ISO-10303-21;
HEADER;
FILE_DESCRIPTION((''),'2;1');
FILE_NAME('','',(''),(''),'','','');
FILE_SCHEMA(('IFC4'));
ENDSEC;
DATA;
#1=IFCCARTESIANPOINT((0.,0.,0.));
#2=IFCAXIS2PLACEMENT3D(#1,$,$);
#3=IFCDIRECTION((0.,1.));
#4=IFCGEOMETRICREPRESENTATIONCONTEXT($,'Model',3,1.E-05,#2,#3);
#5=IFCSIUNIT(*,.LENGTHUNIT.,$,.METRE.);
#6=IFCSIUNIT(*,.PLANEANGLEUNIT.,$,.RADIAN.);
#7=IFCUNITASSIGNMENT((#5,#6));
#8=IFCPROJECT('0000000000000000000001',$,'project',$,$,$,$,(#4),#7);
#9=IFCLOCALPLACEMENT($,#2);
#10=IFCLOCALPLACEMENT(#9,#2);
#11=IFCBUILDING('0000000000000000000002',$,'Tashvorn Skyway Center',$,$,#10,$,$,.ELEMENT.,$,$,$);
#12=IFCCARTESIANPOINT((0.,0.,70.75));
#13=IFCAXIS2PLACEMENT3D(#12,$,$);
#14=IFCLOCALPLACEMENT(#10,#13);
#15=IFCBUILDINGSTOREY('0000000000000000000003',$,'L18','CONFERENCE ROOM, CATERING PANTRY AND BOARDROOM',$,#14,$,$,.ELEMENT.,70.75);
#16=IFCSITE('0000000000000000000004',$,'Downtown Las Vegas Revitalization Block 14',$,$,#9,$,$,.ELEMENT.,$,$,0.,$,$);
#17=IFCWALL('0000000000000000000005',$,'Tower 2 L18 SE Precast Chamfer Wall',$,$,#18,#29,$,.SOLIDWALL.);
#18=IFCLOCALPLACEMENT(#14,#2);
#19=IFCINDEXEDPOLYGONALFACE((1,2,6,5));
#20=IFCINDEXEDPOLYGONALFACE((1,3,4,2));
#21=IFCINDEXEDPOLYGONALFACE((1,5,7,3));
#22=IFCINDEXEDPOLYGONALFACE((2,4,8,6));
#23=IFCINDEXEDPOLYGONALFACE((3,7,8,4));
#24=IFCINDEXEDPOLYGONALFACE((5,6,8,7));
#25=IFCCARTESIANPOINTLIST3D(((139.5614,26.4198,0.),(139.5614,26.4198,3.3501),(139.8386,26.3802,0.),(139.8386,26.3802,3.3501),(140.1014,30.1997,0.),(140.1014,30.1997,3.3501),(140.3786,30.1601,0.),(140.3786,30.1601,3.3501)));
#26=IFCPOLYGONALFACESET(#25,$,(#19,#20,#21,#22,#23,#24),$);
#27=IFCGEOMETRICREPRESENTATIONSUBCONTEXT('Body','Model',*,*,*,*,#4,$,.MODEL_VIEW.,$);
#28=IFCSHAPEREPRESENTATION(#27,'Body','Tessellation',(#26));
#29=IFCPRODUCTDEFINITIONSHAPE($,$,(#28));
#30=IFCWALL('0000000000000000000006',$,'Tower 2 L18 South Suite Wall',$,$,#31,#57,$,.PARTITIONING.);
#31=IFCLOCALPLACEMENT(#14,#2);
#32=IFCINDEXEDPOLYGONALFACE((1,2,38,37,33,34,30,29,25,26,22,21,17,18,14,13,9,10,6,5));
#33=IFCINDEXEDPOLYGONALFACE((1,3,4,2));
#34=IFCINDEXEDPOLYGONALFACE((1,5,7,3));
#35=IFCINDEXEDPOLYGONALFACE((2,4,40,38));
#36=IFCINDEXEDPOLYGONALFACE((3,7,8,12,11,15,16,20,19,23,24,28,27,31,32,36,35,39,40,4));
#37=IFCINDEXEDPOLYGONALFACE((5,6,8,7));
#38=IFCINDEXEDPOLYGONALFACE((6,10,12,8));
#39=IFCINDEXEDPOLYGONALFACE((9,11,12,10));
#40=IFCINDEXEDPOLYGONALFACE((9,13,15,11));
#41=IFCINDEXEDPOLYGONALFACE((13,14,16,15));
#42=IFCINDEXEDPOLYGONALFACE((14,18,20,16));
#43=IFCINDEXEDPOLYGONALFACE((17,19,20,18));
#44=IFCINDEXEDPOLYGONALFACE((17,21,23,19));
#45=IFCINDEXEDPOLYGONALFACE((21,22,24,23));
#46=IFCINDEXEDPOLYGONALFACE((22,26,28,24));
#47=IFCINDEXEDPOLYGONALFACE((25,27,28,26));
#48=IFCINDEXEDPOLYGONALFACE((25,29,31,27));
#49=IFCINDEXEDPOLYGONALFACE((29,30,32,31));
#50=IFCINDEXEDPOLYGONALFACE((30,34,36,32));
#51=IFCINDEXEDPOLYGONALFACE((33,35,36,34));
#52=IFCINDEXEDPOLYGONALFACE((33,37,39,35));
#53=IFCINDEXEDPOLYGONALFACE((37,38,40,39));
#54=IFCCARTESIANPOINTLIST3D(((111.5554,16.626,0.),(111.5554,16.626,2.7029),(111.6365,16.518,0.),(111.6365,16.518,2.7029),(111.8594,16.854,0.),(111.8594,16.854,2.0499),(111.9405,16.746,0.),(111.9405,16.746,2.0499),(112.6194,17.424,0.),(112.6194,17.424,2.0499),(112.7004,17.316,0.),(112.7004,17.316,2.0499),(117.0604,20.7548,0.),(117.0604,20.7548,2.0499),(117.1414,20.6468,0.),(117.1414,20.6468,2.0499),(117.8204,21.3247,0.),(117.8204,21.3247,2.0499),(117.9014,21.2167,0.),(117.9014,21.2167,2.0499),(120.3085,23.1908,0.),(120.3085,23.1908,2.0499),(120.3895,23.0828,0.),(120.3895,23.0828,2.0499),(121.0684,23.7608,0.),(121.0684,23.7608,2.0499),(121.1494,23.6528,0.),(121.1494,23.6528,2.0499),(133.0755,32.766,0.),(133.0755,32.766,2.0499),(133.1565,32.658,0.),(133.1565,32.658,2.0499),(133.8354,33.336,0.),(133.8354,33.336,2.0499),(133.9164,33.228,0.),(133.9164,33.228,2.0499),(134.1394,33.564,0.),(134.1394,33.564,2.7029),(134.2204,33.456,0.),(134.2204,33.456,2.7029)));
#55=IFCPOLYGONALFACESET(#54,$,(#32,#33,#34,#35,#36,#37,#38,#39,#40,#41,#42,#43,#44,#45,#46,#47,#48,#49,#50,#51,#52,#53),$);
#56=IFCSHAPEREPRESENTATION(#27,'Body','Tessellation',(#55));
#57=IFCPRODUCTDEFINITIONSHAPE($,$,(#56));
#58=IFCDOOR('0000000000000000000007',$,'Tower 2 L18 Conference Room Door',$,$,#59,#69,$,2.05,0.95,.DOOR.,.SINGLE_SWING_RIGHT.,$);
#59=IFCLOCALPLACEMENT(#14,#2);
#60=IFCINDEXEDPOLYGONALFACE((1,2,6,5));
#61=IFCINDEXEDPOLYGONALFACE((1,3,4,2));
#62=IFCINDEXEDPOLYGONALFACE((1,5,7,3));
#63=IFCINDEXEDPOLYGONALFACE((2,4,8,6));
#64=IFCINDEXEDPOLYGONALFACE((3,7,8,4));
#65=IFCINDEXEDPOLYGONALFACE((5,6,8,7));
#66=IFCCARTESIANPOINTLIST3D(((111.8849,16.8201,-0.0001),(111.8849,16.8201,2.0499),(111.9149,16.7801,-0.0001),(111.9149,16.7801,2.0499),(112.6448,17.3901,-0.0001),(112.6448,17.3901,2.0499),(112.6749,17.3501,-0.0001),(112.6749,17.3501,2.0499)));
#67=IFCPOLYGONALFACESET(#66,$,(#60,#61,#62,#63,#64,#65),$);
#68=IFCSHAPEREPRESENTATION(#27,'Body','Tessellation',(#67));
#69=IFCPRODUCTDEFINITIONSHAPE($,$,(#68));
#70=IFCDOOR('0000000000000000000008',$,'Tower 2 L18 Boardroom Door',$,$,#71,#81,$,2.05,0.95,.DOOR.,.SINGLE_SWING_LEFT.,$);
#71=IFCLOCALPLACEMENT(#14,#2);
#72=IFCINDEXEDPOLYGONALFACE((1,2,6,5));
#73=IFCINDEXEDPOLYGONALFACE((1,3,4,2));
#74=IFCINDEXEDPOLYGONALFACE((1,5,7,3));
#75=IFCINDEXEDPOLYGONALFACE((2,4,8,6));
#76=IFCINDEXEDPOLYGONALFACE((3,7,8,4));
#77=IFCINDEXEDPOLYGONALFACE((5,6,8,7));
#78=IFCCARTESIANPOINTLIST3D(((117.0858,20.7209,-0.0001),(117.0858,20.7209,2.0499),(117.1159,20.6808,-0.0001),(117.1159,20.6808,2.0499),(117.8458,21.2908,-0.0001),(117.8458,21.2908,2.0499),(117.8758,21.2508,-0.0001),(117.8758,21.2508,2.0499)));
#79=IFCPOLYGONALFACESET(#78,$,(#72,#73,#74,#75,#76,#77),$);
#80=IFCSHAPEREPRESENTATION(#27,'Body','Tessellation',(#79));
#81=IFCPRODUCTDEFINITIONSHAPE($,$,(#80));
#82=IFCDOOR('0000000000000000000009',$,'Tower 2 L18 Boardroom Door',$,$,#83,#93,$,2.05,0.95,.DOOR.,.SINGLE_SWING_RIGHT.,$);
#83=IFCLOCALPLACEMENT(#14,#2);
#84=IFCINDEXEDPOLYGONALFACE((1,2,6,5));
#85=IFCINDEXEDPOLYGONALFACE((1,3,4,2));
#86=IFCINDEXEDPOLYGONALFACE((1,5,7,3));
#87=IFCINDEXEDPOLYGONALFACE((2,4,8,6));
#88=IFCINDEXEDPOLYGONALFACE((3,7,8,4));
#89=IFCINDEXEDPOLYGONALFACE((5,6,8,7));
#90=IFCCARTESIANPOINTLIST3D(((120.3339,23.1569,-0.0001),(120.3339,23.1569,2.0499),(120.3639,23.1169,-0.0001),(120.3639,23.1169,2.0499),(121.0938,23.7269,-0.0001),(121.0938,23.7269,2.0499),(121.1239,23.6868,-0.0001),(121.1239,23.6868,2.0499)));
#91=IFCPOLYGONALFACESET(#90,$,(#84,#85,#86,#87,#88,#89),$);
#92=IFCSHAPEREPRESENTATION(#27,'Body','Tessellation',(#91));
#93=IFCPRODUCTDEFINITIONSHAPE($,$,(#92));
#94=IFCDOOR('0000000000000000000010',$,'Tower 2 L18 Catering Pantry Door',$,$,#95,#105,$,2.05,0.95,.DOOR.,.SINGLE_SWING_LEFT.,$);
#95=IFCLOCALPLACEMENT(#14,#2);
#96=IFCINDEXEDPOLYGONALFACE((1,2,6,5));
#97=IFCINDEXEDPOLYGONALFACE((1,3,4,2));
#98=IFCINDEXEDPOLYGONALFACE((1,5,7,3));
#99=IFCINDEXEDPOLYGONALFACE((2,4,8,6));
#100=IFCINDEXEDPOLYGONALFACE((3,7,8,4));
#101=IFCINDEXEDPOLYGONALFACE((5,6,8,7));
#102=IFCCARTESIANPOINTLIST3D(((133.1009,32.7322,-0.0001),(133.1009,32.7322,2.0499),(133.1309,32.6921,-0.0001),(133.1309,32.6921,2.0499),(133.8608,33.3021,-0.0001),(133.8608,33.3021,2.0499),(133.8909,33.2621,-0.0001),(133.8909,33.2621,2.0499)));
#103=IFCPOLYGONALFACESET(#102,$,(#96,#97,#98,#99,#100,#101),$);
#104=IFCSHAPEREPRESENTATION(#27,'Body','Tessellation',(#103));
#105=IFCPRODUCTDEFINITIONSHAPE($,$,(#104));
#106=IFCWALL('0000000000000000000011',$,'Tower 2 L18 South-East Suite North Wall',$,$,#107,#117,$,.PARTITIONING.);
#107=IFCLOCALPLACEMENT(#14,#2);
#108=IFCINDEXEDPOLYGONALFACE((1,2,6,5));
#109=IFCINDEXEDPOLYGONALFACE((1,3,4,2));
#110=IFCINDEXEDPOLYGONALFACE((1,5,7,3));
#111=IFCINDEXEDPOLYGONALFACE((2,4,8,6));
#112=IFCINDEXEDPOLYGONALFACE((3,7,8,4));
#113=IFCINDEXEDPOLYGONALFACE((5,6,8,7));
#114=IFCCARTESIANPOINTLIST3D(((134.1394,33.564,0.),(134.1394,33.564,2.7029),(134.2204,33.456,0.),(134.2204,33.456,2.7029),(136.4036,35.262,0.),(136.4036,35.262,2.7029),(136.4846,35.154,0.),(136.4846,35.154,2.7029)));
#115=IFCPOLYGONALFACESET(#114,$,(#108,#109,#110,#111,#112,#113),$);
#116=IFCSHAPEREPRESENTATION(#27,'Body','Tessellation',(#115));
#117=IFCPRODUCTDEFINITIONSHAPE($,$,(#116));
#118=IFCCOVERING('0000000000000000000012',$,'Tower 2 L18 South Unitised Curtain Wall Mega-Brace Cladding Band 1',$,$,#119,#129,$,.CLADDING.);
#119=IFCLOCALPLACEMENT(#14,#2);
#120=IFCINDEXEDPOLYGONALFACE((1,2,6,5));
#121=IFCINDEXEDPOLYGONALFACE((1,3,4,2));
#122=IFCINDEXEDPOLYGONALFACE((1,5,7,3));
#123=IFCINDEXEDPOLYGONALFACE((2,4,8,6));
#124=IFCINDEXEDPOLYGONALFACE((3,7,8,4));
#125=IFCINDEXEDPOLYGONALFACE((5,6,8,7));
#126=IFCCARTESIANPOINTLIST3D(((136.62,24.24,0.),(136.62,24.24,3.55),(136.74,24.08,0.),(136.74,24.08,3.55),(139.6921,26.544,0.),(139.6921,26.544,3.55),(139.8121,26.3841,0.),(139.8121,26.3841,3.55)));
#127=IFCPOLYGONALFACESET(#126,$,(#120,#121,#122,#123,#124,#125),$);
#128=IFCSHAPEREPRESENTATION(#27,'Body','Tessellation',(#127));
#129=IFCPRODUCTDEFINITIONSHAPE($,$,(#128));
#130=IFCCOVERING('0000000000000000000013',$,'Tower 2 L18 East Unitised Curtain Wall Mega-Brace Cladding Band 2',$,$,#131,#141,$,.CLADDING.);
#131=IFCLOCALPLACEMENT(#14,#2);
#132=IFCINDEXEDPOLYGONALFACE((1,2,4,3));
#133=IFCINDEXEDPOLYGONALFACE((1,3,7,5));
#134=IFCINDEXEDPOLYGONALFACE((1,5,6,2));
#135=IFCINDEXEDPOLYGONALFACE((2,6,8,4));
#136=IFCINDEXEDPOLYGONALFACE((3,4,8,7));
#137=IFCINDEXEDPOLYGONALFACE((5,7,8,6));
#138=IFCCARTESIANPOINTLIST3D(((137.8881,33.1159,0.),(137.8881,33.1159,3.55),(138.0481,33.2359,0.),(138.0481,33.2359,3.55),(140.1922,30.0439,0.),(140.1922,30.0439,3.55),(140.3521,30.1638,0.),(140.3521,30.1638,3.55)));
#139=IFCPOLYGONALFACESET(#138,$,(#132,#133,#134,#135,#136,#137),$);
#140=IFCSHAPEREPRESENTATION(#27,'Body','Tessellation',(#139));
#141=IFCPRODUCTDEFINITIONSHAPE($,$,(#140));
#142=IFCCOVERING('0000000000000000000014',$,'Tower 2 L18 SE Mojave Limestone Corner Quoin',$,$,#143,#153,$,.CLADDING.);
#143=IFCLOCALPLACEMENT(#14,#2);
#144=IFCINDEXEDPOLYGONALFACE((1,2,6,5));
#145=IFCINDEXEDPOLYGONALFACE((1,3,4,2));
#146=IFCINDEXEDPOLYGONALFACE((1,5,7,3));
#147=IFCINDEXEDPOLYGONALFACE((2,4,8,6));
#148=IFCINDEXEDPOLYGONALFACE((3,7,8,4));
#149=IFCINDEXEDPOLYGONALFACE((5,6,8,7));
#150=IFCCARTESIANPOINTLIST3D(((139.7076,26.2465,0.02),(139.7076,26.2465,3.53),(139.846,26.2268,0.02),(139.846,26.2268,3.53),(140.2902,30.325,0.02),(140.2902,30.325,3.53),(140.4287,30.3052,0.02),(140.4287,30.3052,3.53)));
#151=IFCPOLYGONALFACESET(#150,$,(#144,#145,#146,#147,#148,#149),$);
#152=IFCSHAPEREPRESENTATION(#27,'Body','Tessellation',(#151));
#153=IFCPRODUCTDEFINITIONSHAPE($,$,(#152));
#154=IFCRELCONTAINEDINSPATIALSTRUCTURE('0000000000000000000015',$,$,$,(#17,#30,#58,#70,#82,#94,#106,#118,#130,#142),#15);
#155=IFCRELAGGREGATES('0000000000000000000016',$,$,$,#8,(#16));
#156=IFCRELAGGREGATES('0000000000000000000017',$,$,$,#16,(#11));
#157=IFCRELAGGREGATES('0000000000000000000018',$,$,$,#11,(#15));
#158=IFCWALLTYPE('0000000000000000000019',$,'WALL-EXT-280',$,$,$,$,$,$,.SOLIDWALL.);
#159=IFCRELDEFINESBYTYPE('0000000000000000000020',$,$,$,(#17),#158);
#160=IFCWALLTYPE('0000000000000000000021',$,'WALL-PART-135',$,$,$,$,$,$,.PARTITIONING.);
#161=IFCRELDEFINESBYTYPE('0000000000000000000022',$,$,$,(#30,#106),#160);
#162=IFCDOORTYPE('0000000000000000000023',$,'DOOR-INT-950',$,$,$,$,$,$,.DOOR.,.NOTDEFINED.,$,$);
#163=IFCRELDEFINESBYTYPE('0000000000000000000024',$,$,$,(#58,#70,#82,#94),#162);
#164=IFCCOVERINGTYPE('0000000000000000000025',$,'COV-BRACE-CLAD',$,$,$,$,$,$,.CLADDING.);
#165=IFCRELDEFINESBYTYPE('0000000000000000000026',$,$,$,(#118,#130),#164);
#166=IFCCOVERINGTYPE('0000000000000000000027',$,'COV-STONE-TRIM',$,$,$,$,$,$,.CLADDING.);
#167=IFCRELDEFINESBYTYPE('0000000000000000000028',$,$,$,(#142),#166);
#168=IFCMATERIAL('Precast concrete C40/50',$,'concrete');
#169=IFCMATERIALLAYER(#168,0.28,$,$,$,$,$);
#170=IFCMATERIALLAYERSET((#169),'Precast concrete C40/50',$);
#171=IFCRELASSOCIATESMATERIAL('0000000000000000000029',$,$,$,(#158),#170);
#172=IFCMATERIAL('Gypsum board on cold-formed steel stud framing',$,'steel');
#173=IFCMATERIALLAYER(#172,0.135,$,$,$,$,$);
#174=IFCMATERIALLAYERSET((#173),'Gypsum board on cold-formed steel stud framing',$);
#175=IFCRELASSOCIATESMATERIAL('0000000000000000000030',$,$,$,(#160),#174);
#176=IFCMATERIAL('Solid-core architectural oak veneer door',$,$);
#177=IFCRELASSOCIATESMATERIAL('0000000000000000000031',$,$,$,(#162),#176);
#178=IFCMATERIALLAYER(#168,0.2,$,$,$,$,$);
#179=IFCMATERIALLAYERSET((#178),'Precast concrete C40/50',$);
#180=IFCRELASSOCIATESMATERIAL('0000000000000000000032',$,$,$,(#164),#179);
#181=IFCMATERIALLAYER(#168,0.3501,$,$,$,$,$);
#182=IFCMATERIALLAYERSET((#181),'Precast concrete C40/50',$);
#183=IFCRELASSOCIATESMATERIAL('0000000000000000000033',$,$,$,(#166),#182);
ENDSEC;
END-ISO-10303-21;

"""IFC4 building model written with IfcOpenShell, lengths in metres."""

from ifc_helpers import new_model, si_unit, direction, frame, frame_2d, origin, origin_2d, place, context, subcontext, project, spatial, rectangle, extrude, material, layer, layer_set, type_object, element, fill, save


model = new_model("IFC4")

# Units and contexts
model_context = context("Model", 3, precision=1e-05, world=origin(), true_north=direction((0.0, 1.0)))
body_context = subcontext(model_context, "Body", "Model", "MODEL_VIEW")
ifc_project = project(units=[si_unit("LENGTHUNIT", "METRE"), si_unit("PLANEANGLEUNIT", "RADIAN")], contexts=[model_context])

# Site, building, storey
site_placement = place(None, origin())
site = spatial("IfcSite", under=ifc_project, at=site_placement, Name="Downtown Las Vegas Revitalization Block 14", CompositionType="ELEMENT", RefElevation=0.0)
building_placement = place(site_placement, origin())
building = spatial("IfcBuilding", under=site, at=building_placement, Name="Tashvorn Skyway Center", CompositionType="ELEMENT")
storey_placement = place(building_placement, frame((0.0, 0.0, 70.75)))
storey = spatial("IfcBuildingStorey", under=building, at=storey_placement, Name="L18", Description="CONFERENCE ROOM, CATERING PANTRY AND BOARDROOM", CompositionType="ELEMENT", Elevation=70.75)

# Wall
ifc_material_1 = material(Name="Precast concrete C40/50", Category="concrete")
ifc_layer_1 = layer(ifc_material_1, 0.28)
ifc_layer_set_1 = layer_set([ifc_layer_1], Name="Precast concrete C40/50")
wall_type_1 = type_object("IfcWallType", Name="WALL-EXT-280", PredefinedType="SOLIDWALL", material=ifc_layer_set_1)
wall_1_placement = place(storey_placement, frame((140.24, 30.1799, 0.0), z_axis=(0.0, 0.0, 1.0), x_axis=(-0.14143, -0.989948, 0.0)))
element("IfcWall", 1, at=wall_1_placement, inside=storey, type_object=wall_type_1, Name="Tower 2 L18 SE Precast Chamfer Wall", PredefinedType="SOLIDWALL", context=body_context, shape_type="SweptSolid", body=[
    extrude(rectangle(XDim=3.8184, YDim=0.28, at=frame_2d((1.9092, 0.0))), origin(), (0.0, 0.0, 1.0), 3.3501),
])

# Wall, openings, doors
ifc_material_2 = material(Name="Gypsum board on cold-formed steel stud framing", Category="steel")
ifc_layer_2 = layer(ifc_material_2, 0.135)
ifc_layer_set_2 = layer_set([ifc_layer_2], Name="Gypsum board on cold-formed steel stud framing")
wall_type_2 = type_object("IfcWallType", Name="WALL-PART-135", PredefinedType="PARTITIONING", material=ifc_layer_set_2)
wall_2_placement = place(storey_placement, frame((134.1799, 33.51, 0.0), z_axis=(0.0, 0.0, 1.0), x_axis=(-0.8, -0.6, 0.0)))
wall_2 = element("IfcWall", 2, at=wall_2_placement, inside=storey, type_object=wall_type_2, Name="Tower 2 L18 South Suite Wall", PredefinedType="PARTITIONING", context=body_context, shape_type="SweptSolid", body=[
    extrude(rectangle(XDim=28.23, YDim=0.135, at=frame_2d((14.115, 0.0))), origin(), (0.0, 0.0, 1.0), 2.7029),
])
opening_1_placement = place(wall_2_placement, frame((26.8999, 0.0, 0.0)))
opening_1 = element("IfcOpeningElement", 3, at=opening_1_placement, cuts=wall_2, PredefinedType="OPENING", context=body_context, shape_type="SweptSolid", body=[
    extrude(rectangle(XDim=0.95, YDim=2.05, at=frame_2d((0.4751, 1.0249))), frame((0.0, 0.0774, 0.0), z_axis=(0.0, -1.0, 0.0), x_axis=(1.0, 0.0, 0.0)), (0.0, 0.0, 1.0), 0.155),
])
opening_2_placement = place(wall_2_placement, frame((20.3987, 0.0, 0.0)))
opening_2 = element("IfcOpeningElement", 4, at=opening_2_placement, cuts=wall_2, PredefinedType="OPENING", context=body_context, shape_type="SweptSolid", body=[
    extrude(rectangle(XDim=0.95, YDim=2.05, at=frame_2d((0.4751, 1.0249))), frame((0.0, 0.0774, 0.0), z_axis=(0.0, -1.0, 0.0), x_axis=(1.0, 0.0, 0.0)), (0.0, 0.0, 1.0), 0.155),
])
opening_3_placement = place(wall_2_placement, frame((16.3386, 0.0, 0.0)))
opening_3 = element("IfcOpeningElement", 5, at=opening_3_placement, cuts=wall_2, PredefinedType="OPENING", context=body_context, shape_type="SweptSolid", body=[
    extrude(rectangle(XDim=0.95, YDim=2.05, at=frame_2d((0.4751, 1.0249))), frame((0.0, 0.0774, 0.0), z_axis=(0.0, -1.0, 0.0), x_axis=(1.0, 0.0, 0.0)), (0.0, 0.0, 1.0), 0.155),
])
opening_4_placement = place(wall_2_placement, frame((0.3799, 0.0, 0.0)))
opening_4 = element("IfcOpeningElement", 6, at=opening_4_placement, cuts=wall_2, PredefinedType="OPENING", context=body_context, shape_type="SweptSolid", body=[
    extrude(rectangle(XDim=0.95, YDim=2.05, at=frame_2d((0.4751, 1.0249))), frame((0.0, 0.0774, 0.0), z_axis=(0.0, -1.0, 0.0), x_axis=(1.0, 0.0, 0.0)), (0.0, 0.0, 1.0), 0.155),
])
ifc_material_3 = material(Name="Solid-core architectural oak veneer door")
door_type = type_object("IfcDoorType", Name="DOOR-INT-950", OperationType="NOTDEFINED", PredefinedType="DOOR", material=ifc_material_3)
door_1_placement = place(opening_1_placement, origin())
door_1 = element("IfcDoor", 7, at=door_1_placement, inside=storey, type_object=door_type, Name="Tower 2 L18 Conference Room Door", OperationType="SINGLE_SWING_RIGHT", OverallHeight=2.05, OverallWidth=0.95, PredefinedType="DOOR", context=body_context, shape_type="SweptSolid", body=[
    extrude(rectangle(XDim=0.95, YDim=2.05, at=frame_2d((0.4751, 1.0249))), frame((0.0, 0.0249, 0.0), z_axis=(0.0, -1.0, 0.0), x_axis=(1.0, 0.0, 0.0)), (0.0, 0.0, 1.0), 0.05),
])
fill(opening_1, door_1)
door_2_placement = place(opening_2_placement, origin())
door_2 = element("IfcDoor", 8, at=door_2_placement, inside=storey, type_object=door_type, Name="Tower 2 L18 Boardroom Door", OperationType="SINGLE_SWING_LEFT", OverallHeight=2.05, OverallWidth=0.95, PredefinedType="DOOR", context=body_context, shape_type="SweptSolid", body=[
    extrude(rectangle(XDim=0.95, YDim=2.05, at=frame_2d((0.4751, 1.0249))), frame((0.0, 0.0249, 0.0), z_axis=(0.0, -1.0, 0.0), x_axis=(1.0, 0.0, 0.0)), (0.0, 0.0, 1.0), 0.05),
])
fill(opening_2, door_2)
door_3_placement = place(opening_3_placement, origin())
door_3 = element("IfcDoor", 9, at=door_3_placement, inside=storey, type_object=door_type, Name="Tower 2 L18 Boardroom Door", OperationType="SINGLE_SWING_RIGHT", OverallHeight=2.05, OverallWidth=0.95, PredefinedType="DOOR", context=body_context, shape_type="SweptSolid", body=[
    extrude(rectangle(XDim=0.95, YDim=2.05, at=frame_2d((0.4751, 1.0249))), frame((0.0, 0.0249, 0.0), z_axis=(0.0, -1.0, 0.0), x_axis=(1.0, 0.0, 0.0)), (0.0, 0.0, 1.0), 0.05),
])
fill(opening_3, door_3)
door_4_placement = place(opening_4_placement, origin())
door_4 = element("IfcDoor", 10, at=door_4_placement, inside=storey, type_object=door_type, Name="Tower 2 L18 Catering Pantry Door", OperationType="SINGLE_SWING_LEFT", OverallHeight=2.05, OverallWidth=0.95, PredefinedType="DOOR", context=body_context, shape_type="SweptSolid", body=[
    extrude(rectangle(XDim=0.95, YDim=2.05, at=frame_2d((0.4751, 1.0249))), frame((0.0, 0.0249, 0.0), z_axis=(0.0, -1.0, 0.0), x_axis=(1.0, 0.0, 0.0)), (0.0, 0.0, 1.0), 0.05),
])
fill(opening_4, door_4)

# Wall
wall_3_placement = place(storey_placement, frame((134.1799, 33.51, 0.0), z_axis=(0.0, 0.0, 1.0), x_axis=(0.800021, 0.599972, 0.0)))
element("IfcWall", 11, at=wall_3_placement, inside=storey, type_object=wall_type_2, Name="Tower 2 L18 South-East Suite North Wall", PredefinedType="PARTITIONING", context=body_context, shape_type="SweptSolid", body=[
    extrude(rectangle(XDim=2.8301, YDim=0.135, at=frame_2d((1.415, 0.0))), origin(), (0.0, 0.0, 1.0), 2.7029),
])

# Coverings
ifc_layer_3 = layer(ifc_material_1, 0.2)
ifc_layer_set_3 = layer_set([ifc_layer_3], Name="Precast concrete C40/50")
covering_type_1 = type_object("IfcCoveringType", Name="COV-BRACE-CLAD", PredefinedType="CLADDING", material=ifc_layer_set_3)
for number, where, z_axis, x_axis, name in (
    (12, (138.2161, 25.312, 0.0), (0.0, 0.0, 1.0), (-0.8, -0.6, 0.0), "Tower 2 L18 South Unitised Curtain Wall Mega-Brace Cladding Band 1"),
    (13, (139.1201, 31.6399, 0.0), (0.0, 0.0, 1.0), (0.6, -0.8, 0.0), "Tower 2 L18 East Unitised Curtain Wall Mega-Brace Cladding Band 2"),
):
    element("IfcCovering", number, at=place(storey_placement, frame(where, z_axis=z_axis, x_axis=x_axis)), inside=storey, type_object=covering_type_1, Name=name, PredefinedType="CLADDING", context=body_context, shape_type="SweptSolid", body=[
        extrude(rectangle(XDim=3.8401, YDim=0.2, at=origin_2d()), origin(), (0.0, 0.0, 1.0), 3.55),
    ])
ifc_layer_4 = layer(ifc_material_1, 0.3501)
ifc_layer_set_4 = layer_set([ifc_layer_4], Name="Precast concrete C40/50")
covering_type_2 = type_object("IfcCoveringType", Name="COV-STONE-TRIM", PredefinedType="CLADDING", material=ifc_layer_set_4)
covering_placement = place(storey_placement, frame((140.0681, 28.2759, 0.02), z_axis=(0.0, 0.0, 1.0), x_axis=(0.141421, 0.989949, 0.0)))
element("IfcCovering", 14, at=covering_placement, inside=storey, type_object=covering_type_2, Name="Tower 2 L18 SE Mojave Limestone Corner Quoin", PredefinedType="CLADDING", context=body_context, shape_type="SweptSolid", body=[
    extrude(rectangle(XDim=4.1199, YDim=0.1399, at=origin_2d()), origin(), (0.0, 0.0, 1.0), 3.51),
])

save(model, "model.ifc")
